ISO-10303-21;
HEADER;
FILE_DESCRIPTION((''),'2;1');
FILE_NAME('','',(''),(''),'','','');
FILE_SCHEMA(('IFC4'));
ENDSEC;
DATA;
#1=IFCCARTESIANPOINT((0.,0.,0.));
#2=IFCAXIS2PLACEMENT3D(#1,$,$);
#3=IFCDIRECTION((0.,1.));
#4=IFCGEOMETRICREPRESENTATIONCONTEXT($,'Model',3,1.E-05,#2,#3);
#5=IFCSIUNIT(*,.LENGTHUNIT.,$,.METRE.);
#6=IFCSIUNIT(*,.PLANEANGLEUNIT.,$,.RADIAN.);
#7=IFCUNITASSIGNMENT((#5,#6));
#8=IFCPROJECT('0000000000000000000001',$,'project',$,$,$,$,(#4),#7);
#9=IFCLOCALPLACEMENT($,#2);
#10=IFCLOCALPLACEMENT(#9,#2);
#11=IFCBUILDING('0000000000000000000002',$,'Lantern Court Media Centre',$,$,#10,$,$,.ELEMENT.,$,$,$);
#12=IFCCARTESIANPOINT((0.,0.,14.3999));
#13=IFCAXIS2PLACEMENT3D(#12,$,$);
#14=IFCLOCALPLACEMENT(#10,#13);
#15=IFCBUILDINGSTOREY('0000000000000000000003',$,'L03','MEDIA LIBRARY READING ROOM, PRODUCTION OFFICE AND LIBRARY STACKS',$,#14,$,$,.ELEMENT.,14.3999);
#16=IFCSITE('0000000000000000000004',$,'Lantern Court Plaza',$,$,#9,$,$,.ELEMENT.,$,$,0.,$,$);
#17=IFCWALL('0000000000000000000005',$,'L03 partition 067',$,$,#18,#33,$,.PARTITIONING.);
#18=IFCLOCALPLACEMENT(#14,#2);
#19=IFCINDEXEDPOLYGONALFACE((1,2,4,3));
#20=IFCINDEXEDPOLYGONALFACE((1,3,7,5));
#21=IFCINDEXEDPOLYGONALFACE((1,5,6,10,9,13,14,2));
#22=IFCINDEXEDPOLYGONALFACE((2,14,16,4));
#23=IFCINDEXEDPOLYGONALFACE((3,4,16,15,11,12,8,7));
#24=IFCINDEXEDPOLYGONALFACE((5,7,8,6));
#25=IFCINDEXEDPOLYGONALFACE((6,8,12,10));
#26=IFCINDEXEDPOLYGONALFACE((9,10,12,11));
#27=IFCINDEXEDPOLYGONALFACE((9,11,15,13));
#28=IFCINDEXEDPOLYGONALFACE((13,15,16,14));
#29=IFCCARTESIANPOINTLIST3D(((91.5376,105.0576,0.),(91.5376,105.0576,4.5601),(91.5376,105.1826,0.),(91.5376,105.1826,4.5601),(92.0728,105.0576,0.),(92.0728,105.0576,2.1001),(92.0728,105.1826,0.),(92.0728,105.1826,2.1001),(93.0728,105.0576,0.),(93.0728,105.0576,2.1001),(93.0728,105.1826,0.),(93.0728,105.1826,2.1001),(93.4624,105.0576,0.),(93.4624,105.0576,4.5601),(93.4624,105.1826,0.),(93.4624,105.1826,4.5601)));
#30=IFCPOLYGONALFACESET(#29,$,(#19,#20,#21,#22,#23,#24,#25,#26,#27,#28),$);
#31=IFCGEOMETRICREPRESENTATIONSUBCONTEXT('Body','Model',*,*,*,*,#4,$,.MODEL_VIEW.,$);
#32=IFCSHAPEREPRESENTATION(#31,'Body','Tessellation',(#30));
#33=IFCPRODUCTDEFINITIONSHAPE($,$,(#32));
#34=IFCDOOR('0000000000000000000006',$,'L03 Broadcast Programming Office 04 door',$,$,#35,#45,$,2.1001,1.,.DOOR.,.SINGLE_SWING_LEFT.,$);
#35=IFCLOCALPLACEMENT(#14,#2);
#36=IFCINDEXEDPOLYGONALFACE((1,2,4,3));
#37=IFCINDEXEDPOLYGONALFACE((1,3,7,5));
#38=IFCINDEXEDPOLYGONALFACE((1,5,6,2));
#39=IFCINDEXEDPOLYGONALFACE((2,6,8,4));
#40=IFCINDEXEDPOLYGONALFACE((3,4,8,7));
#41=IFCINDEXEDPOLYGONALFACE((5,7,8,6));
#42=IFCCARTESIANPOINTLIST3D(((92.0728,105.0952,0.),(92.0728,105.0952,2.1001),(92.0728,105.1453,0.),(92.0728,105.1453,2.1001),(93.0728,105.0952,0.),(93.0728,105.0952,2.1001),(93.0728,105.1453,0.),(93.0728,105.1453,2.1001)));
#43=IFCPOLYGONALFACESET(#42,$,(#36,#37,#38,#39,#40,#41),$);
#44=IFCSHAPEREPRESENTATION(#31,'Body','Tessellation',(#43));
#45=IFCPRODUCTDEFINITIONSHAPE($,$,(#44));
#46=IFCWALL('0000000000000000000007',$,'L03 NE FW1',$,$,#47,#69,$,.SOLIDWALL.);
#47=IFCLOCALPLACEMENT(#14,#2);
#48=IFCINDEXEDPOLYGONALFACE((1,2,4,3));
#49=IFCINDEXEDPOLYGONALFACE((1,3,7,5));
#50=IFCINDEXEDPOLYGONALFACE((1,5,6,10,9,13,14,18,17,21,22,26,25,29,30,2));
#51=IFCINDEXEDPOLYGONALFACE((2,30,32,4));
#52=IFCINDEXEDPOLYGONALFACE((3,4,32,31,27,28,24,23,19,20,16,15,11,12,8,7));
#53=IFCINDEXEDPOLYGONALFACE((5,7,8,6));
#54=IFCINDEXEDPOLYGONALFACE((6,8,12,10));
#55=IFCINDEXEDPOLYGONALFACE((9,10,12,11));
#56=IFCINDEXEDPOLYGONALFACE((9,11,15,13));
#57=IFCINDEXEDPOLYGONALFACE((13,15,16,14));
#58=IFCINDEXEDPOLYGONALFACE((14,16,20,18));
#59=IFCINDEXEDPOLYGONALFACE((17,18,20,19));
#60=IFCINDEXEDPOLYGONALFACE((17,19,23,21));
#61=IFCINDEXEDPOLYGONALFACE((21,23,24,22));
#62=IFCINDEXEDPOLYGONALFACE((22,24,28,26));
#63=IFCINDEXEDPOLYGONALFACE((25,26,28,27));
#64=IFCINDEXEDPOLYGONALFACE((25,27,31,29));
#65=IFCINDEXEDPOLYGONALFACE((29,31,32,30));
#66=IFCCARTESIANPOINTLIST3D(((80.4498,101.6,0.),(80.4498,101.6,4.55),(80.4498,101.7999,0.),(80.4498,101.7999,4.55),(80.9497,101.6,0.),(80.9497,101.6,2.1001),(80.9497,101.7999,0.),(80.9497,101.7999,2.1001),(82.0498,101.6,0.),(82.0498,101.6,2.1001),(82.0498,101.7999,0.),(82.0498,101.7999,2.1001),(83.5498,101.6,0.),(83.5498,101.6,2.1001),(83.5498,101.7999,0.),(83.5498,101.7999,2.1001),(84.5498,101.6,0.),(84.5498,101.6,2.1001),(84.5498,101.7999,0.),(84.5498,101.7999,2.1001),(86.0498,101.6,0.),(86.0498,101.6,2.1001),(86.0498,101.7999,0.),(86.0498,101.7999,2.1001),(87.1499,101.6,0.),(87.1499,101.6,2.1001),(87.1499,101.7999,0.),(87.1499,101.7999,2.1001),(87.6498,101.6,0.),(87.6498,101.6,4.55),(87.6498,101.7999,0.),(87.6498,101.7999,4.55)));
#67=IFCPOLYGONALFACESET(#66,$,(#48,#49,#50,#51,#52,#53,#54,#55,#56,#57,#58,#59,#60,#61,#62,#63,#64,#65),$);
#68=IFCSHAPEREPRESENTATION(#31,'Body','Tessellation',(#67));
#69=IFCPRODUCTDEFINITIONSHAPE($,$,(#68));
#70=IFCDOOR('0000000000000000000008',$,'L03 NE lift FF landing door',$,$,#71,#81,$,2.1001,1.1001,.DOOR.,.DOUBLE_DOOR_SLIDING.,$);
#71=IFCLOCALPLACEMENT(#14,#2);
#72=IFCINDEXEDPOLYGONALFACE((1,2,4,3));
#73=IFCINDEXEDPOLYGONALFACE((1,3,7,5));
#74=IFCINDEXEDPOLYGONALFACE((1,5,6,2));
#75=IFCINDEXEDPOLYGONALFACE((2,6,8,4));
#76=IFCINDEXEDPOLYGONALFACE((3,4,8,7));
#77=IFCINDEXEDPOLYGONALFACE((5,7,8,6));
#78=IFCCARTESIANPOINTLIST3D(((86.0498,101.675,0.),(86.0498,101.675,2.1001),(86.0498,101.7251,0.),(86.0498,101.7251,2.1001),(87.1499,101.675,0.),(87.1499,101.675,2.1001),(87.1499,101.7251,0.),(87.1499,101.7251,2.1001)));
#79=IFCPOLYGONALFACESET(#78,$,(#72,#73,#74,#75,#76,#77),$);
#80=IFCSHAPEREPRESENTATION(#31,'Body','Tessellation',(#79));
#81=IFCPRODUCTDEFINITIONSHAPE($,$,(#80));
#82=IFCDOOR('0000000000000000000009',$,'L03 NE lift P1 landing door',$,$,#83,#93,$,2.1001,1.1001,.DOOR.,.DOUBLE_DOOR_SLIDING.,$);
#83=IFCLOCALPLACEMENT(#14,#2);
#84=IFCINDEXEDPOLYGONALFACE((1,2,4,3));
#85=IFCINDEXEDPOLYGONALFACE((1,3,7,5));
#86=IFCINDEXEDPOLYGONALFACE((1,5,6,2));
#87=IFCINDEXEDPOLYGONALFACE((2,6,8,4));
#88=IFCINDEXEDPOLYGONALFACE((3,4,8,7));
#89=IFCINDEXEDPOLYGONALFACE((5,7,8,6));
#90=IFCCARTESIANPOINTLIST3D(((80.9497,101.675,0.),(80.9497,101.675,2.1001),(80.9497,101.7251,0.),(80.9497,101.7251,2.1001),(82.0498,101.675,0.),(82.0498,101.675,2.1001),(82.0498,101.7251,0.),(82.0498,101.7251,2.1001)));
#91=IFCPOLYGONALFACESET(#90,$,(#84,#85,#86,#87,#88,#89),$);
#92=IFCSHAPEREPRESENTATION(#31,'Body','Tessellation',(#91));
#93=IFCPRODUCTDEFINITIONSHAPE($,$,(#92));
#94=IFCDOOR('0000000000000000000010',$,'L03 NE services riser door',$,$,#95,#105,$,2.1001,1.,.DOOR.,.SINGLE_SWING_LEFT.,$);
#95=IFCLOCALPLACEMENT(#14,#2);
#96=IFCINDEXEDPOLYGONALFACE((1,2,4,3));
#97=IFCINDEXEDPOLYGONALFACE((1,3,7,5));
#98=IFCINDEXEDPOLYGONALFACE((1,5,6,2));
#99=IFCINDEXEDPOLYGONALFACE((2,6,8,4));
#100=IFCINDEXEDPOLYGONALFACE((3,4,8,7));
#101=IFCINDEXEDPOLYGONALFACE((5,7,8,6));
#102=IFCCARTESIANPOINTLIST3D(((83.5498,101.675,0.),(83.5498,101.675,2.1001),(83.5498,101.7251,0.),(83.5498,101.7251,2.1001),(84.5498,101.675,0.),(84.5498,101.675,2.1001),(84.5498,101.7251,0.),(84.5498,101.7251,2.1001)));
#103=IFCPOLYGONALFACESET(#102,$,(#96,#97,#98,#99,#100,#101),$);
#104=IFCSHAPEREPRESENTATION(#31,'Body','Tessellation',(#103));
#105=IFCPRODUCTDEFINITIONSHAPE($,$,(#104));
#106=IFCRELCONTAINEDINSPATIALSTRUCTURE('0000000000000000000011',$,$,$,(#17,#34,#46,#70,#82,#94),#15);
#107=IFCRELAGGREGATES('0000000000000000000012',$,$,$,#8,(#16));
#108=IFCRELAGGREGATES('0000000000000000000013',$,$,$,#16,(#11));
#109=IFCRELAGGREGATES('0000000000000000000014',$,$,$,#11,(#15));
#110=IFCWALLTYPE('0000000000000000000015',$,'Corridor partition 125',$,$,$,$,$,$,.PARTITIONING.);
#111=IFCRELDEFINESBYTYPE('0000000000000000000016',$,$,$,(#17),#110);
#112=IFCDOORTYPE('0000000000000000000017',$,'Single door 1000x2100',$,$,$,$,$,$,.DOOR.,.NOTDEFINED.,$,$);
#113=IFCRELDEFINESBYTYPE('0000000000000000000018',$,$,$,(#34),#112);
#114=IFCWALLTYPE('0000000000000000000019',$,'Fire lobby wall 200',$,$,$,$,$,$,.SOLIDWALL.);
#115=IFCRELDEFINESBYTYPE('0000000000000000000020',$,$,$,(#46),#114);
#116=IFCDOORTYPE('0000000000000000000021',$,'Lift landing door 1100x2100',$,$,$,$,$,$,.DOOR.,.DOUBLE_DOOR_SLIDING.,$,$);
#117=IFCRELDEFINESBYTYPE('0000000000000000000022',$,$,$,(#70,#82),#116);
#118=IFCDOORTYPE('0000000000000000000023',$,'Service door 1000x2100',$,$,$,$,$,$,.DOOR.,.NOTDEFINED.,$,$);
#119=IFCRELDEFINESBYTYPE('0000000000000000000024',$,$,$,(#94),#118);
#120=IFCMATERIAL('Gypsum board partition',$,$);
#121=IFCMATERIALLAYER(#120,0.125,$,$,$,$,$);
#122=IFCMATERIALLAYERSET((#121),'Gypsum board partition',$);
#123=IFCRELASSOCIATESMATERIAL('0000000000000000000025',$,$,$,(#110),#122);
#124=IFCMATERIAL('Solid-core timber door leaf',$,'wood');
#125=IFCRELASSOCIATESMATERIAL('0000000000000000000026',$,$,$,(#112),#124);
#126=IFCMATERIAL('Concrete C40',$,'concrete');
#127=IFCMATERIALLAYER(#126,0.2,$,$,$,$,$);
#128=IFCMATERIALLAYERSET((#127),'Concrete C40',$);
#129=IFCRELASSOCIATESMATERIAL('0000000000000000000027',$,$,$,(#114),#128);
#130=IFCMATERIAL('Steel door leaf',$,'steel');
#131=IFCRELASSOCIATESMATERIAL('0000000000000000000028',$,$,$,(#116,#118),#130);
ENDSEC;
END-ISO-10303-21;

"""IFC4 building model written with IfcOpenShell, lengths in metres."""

from ifc_helpers import new_model, si_unit, direction, frame, frame_2d, origin, place, context, subcontext, project, spatial, rectangle, extrude, material, layer, layer_set, type_object, element, fill, save


model = new_model("IFC4")

# Units and contexts
model_context = context("Model", 3, precision=1e-05, world=origin(), true_north=direction((0.0, 1.0)))
body_context = subcontext(model_context, "Body", "Model", "MODEL_VIEW")
ifc_project = project(units=[si_unit("LENGTHUNIT", "METRE"), si_unit("PLANEANGLEUNIT", "RADIAN")], contexts=[model_context])

# Site, building, storey
site_placement = place(None, origin())
site = spatial("IfcSite", under=ifc_project, at=site_placement, Name="Lantern Court Plaza", CompositionType="ELEMENT", RefElevation=0.0)
building_placement = place(site_placement, origin())
building = spatial("IfcBuilding", under=site, at=building_placement, Name="Lantern Court Media Centre", CompositionType="ELEMENT")
storey_placement = place(building_placement, frame((0.0, 0.0, 14.3999)))
storey = spatial("IfcBuildingStorey", under=building, at=storey_placement, Name="L03", Description="MEDIA LIBRARY READING ROOM, PRODUCTION OFFICE AND LIBRARY STACKS", CompositionType="ELEMENT", Elevation=14.3999)

# Shared definitions
ifc_material_1 = material(Name="Gypsum board partition")
ifc_layer_1 = layer(ifc_material_1, 0.125)
ifc_layer_set_1 = layer_set([ifc_layer_1], Name="Gypsum board partition")
wall_type_1 = type_object("IfcWallType", Name="Corridor partition 125", PredefinedType="PARTITIONING", material=ifc_layer_set_1)
ifc_material_2 = material(Name="Solid-core timber door leaf", Category="wood")

# Wall, opening, door
wall_1_placement = place(storey_placement, frame((91.5376, 105.1201, 0.0), z_axis=(0.0, 0.0, 1.0), x_axis=(1.0, 0.0, 0.0)))
wall_1 = element("IfcWall", 1, at=wall_1_placement, inside=storey, type_object=wall_type_1, Name="L03 partition 067", PredefinedType="PARTITIONING", context=body_context, shape_type="SweptSolid", body=[
    extrude(rectangle(XDim=1.9248, YDim=0.125, at=frame_2d((0.9624, 0.0))), origin(), (0.0, 0.0, 1.0), 4.5601),
])
opening_1_placement = place(wall_1_placement, frame((0.5352, 0.0, 0.0)))
opening_1 = element("IfcOpeningElement", 2, at=opening_1_placement, cuts=wall_1, PredefinedType="OPENING", context=body_context, shape_type="SweptSolid", body=[
    extrude(rectangle(XDim=1.0, YDim=2.1001, at=frame_2d((0.5, 1.05))), frame((0.0, 0.0725, 0.0), z_axis=(0.0, -1.0, 0.0), x_axis=(1.0, 0.0, 0.0)), (0.0, 0.0, 1.0), 0.145),
])
door_type_1 = type_object("IfcDoorType", Name="Single door 1000x2100", OperationType="NOTDEFINED", PredefinedType="DOOR", material=ifc_material_2)
door_1_placement = place(opening_1_placement, frame((1.0, 0.0, 0.0), z_axis=(0.0, 0.0, 1.0), x_axis=(-1.0, 0.0, 0.0)))
door_1 = element("IfcDoor", 3, at=door_1_placement, inside=storey, type_object=door_type_1, Name="L03 Broadcast Programming Office 04 door", OperationType="SINGLE_SWING_LEFT", OverallHeight=2.1001, OverallWidth=1.0, PredefinedType="DOOR", context=body_context, shape_type="SweptSolid", body=[
    extrude(rectangle(XDim=1.0, YDim=2.1001, at=frame_2d((0.5, 1.05))), frame((0.0, 0.0249, 0.0), z_axis=(0.0, -1.0, 0.0), x_axis=(1.0, 0.0, 0.0)), (0.0, 0.0, 1.0), 0.05),
])
fill(opening_1, door_1)

# Wall, openings, doors
ifc_material_3 = material(Name="Concrete C40", Category="concrete")
ifc_layer_2 = layer(ifc_material_3, 0.2)
ifc_layer_set_2 = layer_set([ifc_layer_2], Name="Concrete C40")
wall_type_2 = type_object("IfcWallType", Name="Fire lobby wall 200", PredefinedType="SOLIDWALL", material=ifc_layer_set_2)
wall_2_placement = place(storey_placement, frame((87.6499, 101.7, 0.0), z_axis=(0.0, 0.0, 1.0), x_axis=(-1.0, 0.0, 0.0)))
wall_2 = element("IfcWall", 4, at=wall_2_placement, inside=storey, type_object=wall_type_2, Name="L03 NE FW1", PredefinedType="SOLIDWALL", context=body_context, shape_type="SweptSolid", body=[
    extrude(rectangle(XDim=7.2, YDim=0.2, at=frame_2d((3.6001, 0.0))), origin(), (0.0, 0.0, 1.0), 4.55),
])
opening_2_placement = place(wall_2_placement, frame((0.5, 0.0, 0.0)))
opening_2 = element("IfcOpeningElement", 5, at=opening_2_placement, cuts=wall_2, PredefinedType="OPENING", context=body_context, shape_type="SweptSolid", body=[
    extrude(rectangle(XDim=1.1001, YDim=2.1001, at=frame_2d((0.55, 1.05))), frame((0.0, 0.1099, 0.0), z_axis=(0.0, -1.0, 0.0), x_axis=(1.0, 0.0, 0.0)), (0.0, 0.0, 1.0), 0.22),
])
opening_3_placement = place(wall_2_placement, frame((5.6001, 0.0, 0.0)))
opening_3 = element("IfcOpeningElement", 6, at=opening_3_placement, cuts=wall_2, PredefinedType="OPENING", context=body_context, shape_type="SweptSolid", body=[
    extrude(rectangle(XDim=1.1001, YDim=2.1001, at=frame_2d((0.55, 1.05))), frame((0.0, 0.1099, 0.0), z_axis=(0.0, -1.0, 0.0), x_axis=(1.0, 0.0, 0.0)), (0.0, 0.0, 1.0), 0.22),
])
opening_4_placement = place(wall_2_placement, frame((3.1001, 0.0, 0.0)))
opening_4 = element("IfcOpeningElement", 7, at=opening_4_placement, cuts=wall_2, PredefinedType="OPENING", context=body_context, shape_type="SweptSolid", body=[
    extrude(rectangle(XDim=1.0, YDim=2.1001, at=frame_2d((0.5, 1.05))), frame((0.0, 0.1099, 0.0), z_axis=(0.0, -1.0, 0.0), x_axis=(1.0, 0.0, 0.0)), (0.0, 0.0, 1.0), 0.22),
])
ifc_material_4 = material(Name="Steel door leaf", Category="steel")
door_type_2 = type_object("IfcDoorType", Name="Lift landing door 1100x2100", OperationType="DOUBLE_DOOR_SLIDING", PredefinedType="DOOR", material=ifc_material_4)
door_2_placement = place(opening_2_placement, origin())
door_2 = element("IfcDoor", 8, at=door_2_placement, inside=storey, type_object=door_type_2, Name="L03 NE lift FF landing door", OperationType="DOUBLE_DOOR_SLIDING", OverallHeight=2.1001, OverallWidth=1.1001, PredefinedType="DOOR", context=body_context, shape_type="SweptSolid", body=[
    extrude(rectangle(XDim=1.1001, YDim=2.1001, at=frame_2d((0.55, 1.05))), frame((0.0, 0.0249, 0.0), z_axis=(0.0, -1.0, 0.0), x_axis=(1.0, 0.0, 0.0)), (0.0, 0.0, 1.0), 0.05),
])
fill(opening_2, door_2)
door_3_placement = place(opening_3_placement, origin())
door_3 = element("IfcDoor", 9, at=door_3_placement, inside=storey, type_object=door_type_2, Name="L03 NE lift P1 landing door", OperationType="DOUBLE_DOOR_SLIDING", OverallHeight=2.1001, OverallWidth=1.1001, PredefinedType="DOOR", context=body_context, shape_type="SweptSolid", body=[
    extrude(rectangle(XDim=1.1001, YDim=2.1001, at=frame_2d((0.55, 1.05))), frame((0.0, 0.0249, 0.0), z_axis=(0.0, -1.0, 0.0), x_axis=(1.0, 0.0, 0.0)), (0.0, 0.0, 1.0), 0.05),
])
fill(opening_3, door_3)
door_type_3 = type_object("IfcDoorType", Name="Service door 1000x2100", OperationType="NOTDEFINED", PredefinedType="DOOR", material=ifc_material_4)
door_4_placement = place(opening_4_placement, origin())
door_4 = element("IfcDoor", 10, at=door_4_placement, inside=storey, type_object=door_type_3, Name="L03 NE services riser door", OperationType="SINGLE_SWING_LEFT", OverallHeight=2.1001, OverallWidth=1.0, PredefinedType="DOOR", context=body_context, shape_type="SweptSolid", body=[
    extrude(rectangle(XDim=1.0, YDim=2.1001, at=frame_2d((0.5, 1.05))), frame((0.0, 0.0249, 0.0), z_axis=(0.0, -1.0, 0.0), x_axis=(1.0, 0.0, 0.0)), (0.0, 0.0, 1.0), 0.05),
])
fill(opening_4, door_4)

save(model, "model.ifc")
